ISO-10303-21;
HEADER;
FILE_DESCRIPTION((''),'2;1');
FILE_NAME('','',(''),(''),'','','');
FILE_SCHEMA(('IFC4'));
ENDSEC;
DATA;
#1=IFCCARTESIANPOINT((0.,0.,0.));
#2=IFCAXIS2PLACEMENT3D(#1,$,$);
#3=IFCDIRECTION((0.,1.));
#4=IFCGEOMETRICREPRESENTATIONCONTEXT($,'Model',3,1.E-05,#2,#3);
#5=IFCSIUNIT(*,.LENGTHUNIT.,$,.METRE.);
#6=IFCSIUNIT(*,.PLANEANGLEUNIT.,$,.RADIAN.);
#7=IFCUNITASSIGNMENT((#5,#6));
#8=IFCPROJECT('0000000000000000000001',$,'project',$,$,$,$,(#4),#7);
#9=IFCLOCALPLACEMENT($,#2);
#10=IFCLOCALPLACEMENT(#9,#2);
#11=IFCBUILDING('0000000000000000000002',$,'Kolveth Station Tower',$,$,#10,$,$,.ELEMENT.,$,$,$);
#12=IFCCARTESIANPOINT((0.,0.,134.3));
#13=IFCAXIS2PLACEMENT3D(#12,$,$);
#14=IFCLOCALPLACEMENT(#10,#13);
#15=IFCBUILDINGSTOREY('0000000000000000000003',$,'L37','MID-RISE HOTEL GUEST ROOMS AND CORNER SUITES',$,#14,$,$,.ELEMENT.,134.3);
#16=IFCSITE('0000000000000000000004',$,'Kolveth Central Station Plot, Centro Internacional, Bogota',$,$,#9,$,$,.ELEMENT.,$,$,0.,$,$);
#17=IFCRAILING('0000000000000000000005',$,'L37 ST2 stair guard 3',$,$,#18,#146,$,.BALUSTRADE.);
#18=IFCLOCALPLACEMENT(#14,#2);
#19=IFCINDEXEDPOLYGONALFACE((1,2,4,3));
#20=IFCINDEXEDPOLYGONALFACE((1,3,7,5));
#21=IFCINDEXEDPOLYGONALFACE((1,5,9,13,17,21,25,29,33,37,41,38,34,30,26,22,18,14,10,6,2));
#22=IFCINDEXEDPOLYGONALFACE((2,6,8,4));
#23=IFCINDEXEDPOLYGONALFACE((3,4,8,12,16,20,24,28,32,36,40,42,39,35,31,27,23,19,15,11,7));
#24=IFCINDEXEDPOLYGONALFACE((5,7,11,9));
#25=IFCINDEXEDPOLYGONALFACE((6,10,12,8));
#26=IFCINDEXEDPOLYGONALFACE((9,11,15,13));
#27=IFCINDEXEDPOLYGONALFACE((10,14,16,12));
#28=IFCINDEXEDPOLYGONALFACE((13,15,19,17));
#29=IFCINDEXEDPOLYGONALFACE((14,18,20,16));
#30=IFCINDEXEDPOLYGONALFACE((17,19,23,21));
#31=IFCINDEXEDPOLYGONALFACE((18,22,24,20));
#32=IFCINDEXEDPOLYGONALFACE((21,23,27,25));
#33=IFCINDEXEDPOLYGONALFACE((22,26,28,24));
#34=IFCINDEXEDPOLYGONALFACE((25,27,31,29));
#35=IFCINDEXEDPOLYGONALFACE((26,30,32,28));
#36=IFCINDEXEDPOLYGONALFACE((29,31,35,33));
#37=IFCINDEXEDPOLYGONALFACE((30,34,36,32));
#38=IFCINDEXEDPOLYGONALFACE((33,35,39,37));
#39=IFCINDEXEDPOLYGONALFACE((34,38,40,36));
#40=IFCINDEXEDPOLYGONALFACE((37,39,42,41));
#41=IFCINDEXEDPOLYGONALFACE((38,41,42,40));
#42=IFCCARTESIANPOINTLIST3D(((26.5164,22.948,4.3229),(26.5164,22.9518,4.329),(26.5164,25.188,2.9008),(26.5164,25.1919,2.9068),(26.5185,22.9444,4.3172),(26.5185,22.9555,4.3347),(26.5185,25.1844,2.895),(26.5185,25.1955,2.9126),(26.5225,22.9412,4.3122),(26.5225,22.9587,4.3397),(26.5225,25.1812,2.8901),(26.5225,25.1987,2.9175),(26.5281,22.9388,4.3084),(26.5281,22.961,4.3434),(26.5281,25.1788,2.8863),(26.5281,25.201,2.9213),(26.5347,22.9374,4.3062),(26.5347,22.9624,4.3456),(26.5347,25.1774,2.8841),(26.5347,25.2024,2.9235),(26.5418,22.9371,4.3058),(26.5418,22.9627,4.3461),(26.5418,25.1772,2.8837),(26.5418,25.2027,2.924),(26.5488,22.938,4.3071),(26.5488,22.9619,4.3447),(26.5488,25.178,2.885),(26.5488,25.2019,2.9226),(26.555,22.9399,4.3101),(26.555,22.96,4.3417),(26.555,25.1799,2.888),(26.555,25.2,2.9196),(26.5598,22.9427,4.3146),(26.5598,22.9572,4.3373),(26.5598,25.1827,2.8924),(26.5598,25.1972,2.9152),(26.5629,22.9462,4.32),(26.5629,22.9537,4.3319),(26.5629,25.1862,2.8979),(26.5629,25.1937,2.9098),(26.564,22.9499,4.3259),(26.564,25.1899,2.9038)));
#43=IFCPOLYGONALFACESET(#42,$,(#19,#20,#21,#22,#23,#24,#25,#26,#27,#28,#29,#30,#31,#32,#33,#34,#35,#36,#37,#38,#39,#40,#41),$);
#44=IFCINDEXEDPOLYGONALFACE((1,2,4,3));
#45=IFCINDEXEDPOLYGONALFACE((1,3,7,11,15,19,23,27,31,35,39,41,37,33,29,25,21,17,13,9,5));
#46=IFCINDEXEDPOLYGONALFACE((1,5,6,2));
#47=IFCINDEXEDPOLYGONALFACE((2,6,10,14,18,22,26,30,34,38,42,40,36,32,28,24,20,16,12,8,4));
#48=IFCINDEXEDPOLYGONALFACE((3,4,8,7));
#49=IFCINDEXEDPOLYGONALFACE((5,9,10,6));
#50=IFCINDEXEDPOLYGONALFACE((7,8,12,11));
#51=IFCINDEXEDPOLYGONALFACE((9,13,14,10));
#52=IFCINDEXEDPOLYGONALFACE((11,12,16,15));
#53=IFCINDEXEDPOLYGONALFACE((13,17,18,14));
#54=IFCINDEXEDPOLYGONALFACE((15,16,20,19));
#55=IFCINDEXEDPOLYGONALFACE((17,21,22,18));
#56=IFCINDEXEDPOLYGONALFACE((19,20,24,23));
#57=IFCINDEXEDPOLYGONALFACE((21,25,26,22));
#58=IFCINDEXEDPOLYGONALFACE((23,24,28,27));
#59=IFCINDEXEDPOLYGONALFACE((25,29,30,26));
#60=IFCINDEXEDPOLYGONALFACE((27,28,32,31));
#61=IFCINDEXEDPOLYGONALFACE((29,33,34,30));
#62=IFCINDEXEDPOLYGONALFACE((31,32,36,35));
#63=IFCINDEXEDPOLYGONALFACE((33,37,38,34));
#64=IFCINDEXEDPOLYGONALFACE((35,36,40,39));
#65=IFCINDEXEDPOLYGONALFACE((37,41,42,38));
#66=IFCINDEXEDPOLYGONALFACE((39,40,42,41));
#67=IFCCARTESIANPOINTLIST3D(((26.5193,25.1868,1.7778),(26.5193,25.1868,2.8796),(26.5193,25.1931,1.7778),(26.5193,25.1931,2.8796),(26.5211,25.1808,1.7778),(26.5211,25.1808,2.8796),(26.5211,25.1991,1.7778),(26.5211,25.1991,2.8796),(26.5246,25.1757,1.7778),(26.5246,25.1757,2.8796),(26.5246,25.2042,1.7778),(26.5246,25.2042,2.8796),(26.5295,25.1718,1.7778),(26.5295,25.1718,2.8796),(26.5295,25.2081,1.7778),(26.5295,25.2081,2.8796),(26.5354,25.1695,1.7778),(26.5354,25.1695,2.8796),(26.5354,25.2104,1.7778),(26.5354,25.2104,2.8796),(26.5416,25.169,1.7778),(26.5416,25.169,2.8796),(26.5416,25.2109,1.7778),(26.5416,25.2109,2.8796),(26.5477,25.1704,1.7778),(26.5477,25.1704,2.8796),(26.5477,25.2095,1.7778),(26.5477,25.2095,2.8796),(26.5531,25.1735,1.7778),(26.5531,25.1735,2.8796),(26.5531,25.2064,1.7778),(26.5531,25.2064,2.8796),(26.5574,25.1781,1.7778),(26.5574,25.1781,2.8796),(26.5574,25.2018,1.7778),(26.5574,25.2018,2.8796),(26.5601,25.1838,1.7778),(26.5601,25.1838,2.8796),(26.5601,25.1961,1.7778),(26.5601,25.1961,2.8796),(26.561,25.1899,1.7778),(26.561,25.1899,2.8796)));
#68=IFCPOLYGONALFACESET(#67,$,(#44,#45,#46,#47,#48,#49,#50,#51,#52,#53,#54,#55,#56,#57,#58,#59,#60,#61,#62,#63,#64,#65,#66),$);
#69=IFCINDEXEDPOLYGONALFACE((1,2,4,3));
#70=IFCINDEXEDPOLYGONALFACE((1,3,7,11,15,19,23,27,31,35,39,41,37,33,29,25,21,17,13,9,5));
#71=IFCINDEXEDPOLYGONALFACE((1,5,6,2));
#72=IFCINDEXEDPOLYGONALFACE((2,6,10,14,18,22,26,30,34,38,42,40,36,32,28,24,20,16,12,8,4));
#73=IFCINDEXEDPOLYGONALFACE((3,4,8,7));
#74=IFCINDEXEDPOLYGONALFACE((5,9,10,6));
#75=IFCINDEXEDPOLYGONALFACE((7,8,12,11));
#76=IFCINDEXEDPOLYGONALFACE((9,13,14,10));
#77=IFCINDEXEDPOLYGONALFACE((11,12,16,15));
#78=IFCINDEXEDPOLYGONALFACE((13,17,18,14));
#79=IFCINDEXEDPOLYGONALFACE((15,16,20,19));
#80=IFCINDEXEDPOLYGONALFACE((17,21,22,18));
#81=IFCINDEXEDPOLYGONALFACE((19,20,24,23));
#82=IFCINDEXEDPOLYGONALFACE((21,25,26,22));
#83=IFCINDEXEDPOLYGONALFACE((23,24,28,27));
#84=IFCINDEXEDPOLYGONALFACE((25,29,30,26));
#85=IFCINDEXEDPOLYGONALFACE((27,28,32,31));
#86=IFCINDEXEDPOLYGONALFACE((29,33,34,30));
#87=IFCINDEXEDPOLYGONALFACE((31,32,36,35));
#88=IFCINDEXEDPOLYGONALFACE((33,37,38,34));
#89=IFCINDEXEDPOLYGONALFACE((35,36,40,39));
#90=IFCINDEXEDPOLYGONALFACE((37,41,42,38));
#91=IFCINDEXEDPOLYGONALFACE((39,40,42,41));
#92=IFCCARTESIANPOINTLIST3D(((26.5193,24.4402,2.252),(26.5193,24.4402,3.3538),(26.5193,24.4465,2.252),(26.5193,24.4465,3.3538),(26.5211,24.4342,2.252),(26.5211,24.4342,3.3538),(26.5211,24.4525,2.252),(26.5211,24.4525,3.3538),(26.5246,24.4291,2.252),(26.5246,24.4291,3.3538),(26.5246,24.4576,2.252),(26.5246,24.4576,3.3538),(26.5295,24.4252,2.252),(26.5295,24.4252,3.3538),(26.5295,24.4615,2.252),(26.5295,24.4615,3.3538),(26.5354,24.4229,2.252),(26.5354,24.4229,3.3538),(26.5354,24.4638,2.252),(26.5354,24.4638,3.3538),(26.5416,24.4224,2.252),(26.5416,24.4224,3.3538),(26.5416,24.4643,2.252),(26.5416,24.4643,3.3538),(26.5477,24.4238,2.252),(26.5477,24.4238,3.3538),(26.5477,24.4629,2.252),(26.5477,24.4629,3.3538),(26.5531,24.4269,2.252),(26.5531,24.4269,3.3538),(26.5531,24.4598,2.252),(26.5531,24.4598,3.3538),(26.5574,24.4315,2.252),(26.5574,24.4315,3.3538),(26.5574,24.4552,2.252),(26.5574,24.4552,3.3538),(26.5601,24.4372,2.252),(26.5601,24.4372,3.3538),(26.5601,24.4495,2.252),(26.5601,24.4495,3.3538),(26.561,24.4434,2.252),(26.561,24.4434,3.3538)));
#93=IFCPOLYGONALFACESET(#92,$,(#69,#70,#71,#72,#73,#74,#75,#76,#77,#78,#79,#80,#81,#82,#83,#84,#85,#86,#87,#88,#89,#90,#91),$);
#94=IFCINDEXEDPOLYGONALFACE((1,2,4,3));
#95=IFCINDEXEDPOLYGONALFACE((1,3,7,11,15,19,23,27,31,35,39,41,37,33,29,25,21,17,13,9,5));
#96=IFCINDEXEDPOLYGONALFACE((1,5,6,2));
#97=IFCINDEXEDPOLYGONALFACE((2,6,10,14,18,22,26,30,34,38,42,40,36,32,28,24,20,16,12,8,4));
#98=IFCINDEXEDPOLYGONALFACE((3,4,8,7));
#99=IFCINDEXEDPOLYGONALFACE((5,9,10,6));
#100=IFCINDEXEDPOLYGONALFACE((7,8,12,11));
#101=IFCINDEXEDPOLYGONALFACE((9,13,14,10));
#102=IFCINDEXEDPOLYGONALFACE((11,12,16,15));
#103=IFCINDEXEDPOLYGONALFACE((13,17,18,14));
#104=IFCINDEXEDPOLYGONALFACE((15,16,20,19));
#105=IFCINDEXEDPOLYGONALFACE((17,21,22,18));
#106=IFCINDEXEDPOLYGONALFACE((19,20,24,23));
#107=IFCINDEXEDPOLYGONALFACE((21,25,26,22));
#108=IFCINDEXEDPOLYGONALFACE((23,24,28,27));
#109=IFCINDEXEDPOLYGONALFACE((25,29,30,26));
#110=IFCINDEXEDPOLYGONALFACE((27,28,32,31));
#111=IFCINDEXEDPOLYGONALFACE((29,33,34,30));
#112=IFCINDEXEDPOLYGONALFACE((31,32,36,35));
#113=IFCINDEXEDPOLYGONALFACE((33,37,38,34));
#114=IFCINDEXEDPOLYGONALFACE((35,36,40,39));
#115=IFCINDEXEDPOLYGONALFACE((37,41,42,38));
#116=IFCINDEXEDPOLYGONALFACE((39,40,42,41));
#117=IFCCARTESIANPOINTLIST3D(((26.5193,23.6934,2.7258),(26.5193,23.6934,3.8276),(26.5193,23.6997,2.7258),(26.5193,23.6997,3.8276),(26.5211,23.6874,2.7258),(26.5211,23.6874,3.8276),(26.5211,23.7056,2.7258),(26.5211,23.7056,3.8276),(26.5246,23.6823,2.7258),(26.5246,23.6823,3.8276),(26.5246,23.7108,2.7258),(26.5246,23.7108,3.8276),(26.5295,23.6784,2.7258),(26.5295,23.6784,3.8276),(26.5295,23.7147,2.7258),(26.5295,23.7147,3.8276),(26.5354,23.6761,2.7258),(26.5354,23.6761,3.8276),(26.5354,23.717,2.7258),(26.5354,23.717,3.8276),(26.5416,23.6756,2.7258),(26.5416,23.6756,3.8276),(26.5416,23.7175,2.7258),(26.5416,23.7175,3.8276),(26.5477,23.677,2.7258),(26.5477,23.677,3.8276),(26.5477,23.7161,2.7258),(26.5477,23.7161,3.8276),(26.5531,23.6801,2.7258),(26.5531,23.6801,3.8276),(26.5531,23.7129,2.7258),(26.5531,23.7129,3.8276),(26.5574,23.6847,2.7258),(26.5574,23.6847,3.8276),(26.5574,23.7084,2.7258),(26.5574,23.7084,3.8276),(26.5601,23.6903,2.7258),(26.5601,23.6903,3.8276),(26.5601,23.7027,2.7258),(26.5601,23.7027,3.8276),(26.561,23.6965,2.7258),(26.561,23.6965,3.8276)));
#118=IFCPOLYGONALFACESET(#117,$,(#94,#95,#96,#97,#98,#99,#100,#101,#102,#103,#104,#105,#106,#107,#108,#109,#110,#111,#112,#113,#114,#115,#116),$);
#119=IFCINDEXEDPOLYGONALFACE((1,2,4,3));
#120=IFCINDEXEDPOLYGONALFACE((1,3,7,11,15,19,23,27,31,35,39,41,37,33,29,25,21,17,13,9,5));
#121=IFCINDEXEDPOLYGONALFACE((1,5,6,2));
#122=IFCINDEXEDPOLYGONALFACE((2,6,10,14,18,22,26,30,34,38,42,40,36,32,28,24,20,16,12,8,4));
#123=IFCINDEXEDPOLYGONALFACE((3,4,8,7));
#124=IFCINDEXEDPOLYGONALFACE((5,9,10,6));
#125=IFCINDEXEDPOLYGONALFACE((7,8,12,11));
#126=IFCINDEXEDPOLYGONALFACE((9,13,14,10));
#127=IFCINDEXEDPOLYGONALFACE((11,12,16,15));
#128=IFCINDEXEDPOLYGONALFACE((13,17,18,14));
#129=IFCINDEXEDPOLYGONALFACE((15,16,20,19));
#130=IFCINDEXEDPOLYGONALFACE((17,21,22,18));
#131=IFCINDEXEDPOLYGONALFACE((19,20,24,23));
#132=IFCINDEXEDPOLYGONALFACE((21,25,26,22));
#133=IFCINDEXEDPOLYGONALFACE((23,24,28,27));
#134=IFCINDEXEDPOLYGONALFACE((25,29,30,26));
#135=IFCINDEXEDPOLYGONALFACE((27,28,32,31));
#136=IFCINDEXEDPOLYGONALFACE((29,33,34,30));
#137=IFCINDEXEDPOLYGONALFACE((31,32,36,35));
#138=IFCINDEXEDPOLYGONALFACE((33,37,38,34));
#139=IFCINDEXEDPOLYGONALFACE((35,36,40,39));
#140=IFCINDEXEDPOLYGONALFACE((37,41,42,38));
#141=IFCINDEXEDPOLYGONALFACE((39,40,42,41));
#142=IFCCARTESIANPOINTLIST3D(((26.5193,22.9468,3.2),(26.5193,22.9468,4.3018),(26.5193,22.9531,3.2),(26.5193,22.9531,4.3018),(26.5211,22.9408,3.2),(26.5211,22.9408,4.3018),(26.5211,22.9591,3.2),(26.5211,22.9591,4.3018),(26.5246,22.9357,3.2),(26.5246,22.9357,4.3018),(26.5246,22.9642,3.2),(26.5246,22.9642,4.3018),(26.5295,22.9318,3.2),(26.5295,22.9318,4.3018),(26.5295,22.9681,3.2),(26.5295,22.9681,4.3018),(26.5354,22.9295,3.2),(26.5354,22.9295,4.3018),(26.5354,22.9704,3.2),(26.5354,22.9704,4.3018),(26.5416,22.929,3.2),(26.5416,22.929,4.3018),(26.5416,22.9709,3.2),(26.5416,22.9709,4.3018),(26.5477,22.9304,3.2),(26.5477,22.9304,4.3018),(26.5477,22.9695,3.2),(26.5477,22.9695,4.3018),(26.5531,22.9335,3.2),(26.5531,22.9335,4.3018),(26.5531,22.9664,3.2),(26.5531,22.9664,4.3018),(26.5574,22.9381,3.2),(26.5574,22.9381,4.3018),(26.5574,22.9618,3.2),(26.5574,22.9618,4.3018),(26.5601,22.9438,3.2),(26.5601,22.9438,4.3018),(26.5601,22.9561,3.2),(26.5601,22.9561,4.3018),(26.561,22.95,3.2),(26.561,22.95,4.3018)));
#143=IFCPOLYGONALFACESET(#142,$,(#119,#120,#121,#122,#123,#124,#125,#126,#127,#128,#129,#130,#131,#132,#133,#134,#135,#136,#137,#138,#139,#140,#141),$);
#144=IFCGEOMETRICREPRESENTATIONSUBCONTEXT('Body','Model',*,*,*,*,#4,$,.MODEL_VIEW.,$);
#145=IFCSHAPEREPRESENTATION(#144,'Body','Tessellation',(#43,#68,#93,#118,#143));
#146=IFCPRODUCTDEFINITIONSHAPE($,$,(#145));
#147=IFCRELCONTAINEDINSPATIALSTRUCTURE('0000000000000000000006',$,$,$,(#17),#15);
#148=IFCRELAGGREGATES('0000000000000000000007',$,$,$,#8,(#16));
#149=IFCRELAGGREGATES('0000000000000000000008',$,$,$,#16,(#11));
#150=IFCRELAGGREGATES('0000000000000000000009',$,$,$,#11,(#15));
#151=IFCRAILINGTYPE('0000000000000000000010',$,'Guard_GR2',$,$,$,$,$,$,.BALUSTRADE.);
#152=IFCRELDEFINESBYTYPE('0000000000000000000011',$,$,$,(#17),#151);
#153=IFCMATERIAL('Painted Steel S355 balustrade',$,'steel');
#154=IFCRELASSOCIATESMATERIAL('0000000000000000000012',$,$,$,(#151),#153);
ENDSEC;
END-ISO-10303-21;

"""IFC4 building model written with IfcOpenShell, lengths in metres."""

from ifc_helpers import new_model, si_unit, direction, frame, origin, origin_2d, place, context, subcontext, project, spatial, circle, extrude, material, type_object, element, save


model = new_model("IFC4")

# Units and contexts
model_context = context("Model", 3, precision=1e-05, world=origin(), true_north=direction((0.0, 1.0)))
body_context = subcontext(model_context, "Body", "Model", "MODEL_VIEW")
ifc_project = project(units=[si_unit("LENGTHUNIT", "METRE"), si_unit("PLANEANGLEUNIT", "RADIAN")], contexts=[model_context])

# Site, building, storey
site_placement = place(None, origin())
site = spatial("IfcSite", under=ifc_project, at=site_placement, Name="Kolveth Central Station Plot, Centro Internacional, Bogota", CompositionType="ELEMENT", RefElevation=0.0)
building_placement = place(site_placement, origin())
building = spatial("IfcBuilding", under=site, at=building_placement, Name="Kolveth Station Tower", CompositionType="ELEMENT")
storey_placement = place(building_placement, frame((0.0, 0.0, 134.3)))
storey = spatial("IfcBuildingStorey", under=building, at=storey_placement, Name="L37", Description="MID-RISE HOTEL GUEST ROOMS AND CORNER SUITES", CompositionType="ELEMENT", Elevation=134.3)

# Railing
ifc_material_1 = material(Name="Painted Steel S355 balustrade", Category="steel")
railing_type_1 = type_object("IfcRailingType", Name="Guard_GR2", PredefinedType="BALUSTRADE", material=ifc_material_1)
railing_1_placement = place(storey_placement, frame((26.54, 25.1899, 1.7778)))
element("IfcRailing", 1, at=railing_1_placement, inside=storey, type_object=railing_type_1, Name="L37 ST2 stair guard 3", PredefinedType="BALUSTRADE", context=body_context, shape_type="SweptSolid", body=[
    extrude(circle(Radius=0.0239, at=origin_2d()), frame((0.0, 0.0, 1.126), z_axis=(0.0, -0.844229, 0.535982), x_axis=(1.0, 0.0, 0.0)), (0.0, 0.0, 1.0), 2.6533),
    extrude(circle(Radius=0.021, at=origin_2d()), origin(), (0.0, 0.0, 1.0), 1.1018),
    extrude(circle(Radius=0.021, at=origin_2d()), frame((0.0, -0.7466, 0.4741)), (0.0, 0.0, 1.0), 1.1018),
    extrude(circle(Radius=0.021, at=origin_2d()), frame((0.0, -1.4934, 0.948)), (0.0, 0.0, 1.0), 1.1018),
    extrude(circle(Radius=0.021, at=origin_2d()), frame((0.0, -2.24, 1.4221)), (0.0, 0.0, 1.0), 1.1018),
])

save(model, "model.ifc")
